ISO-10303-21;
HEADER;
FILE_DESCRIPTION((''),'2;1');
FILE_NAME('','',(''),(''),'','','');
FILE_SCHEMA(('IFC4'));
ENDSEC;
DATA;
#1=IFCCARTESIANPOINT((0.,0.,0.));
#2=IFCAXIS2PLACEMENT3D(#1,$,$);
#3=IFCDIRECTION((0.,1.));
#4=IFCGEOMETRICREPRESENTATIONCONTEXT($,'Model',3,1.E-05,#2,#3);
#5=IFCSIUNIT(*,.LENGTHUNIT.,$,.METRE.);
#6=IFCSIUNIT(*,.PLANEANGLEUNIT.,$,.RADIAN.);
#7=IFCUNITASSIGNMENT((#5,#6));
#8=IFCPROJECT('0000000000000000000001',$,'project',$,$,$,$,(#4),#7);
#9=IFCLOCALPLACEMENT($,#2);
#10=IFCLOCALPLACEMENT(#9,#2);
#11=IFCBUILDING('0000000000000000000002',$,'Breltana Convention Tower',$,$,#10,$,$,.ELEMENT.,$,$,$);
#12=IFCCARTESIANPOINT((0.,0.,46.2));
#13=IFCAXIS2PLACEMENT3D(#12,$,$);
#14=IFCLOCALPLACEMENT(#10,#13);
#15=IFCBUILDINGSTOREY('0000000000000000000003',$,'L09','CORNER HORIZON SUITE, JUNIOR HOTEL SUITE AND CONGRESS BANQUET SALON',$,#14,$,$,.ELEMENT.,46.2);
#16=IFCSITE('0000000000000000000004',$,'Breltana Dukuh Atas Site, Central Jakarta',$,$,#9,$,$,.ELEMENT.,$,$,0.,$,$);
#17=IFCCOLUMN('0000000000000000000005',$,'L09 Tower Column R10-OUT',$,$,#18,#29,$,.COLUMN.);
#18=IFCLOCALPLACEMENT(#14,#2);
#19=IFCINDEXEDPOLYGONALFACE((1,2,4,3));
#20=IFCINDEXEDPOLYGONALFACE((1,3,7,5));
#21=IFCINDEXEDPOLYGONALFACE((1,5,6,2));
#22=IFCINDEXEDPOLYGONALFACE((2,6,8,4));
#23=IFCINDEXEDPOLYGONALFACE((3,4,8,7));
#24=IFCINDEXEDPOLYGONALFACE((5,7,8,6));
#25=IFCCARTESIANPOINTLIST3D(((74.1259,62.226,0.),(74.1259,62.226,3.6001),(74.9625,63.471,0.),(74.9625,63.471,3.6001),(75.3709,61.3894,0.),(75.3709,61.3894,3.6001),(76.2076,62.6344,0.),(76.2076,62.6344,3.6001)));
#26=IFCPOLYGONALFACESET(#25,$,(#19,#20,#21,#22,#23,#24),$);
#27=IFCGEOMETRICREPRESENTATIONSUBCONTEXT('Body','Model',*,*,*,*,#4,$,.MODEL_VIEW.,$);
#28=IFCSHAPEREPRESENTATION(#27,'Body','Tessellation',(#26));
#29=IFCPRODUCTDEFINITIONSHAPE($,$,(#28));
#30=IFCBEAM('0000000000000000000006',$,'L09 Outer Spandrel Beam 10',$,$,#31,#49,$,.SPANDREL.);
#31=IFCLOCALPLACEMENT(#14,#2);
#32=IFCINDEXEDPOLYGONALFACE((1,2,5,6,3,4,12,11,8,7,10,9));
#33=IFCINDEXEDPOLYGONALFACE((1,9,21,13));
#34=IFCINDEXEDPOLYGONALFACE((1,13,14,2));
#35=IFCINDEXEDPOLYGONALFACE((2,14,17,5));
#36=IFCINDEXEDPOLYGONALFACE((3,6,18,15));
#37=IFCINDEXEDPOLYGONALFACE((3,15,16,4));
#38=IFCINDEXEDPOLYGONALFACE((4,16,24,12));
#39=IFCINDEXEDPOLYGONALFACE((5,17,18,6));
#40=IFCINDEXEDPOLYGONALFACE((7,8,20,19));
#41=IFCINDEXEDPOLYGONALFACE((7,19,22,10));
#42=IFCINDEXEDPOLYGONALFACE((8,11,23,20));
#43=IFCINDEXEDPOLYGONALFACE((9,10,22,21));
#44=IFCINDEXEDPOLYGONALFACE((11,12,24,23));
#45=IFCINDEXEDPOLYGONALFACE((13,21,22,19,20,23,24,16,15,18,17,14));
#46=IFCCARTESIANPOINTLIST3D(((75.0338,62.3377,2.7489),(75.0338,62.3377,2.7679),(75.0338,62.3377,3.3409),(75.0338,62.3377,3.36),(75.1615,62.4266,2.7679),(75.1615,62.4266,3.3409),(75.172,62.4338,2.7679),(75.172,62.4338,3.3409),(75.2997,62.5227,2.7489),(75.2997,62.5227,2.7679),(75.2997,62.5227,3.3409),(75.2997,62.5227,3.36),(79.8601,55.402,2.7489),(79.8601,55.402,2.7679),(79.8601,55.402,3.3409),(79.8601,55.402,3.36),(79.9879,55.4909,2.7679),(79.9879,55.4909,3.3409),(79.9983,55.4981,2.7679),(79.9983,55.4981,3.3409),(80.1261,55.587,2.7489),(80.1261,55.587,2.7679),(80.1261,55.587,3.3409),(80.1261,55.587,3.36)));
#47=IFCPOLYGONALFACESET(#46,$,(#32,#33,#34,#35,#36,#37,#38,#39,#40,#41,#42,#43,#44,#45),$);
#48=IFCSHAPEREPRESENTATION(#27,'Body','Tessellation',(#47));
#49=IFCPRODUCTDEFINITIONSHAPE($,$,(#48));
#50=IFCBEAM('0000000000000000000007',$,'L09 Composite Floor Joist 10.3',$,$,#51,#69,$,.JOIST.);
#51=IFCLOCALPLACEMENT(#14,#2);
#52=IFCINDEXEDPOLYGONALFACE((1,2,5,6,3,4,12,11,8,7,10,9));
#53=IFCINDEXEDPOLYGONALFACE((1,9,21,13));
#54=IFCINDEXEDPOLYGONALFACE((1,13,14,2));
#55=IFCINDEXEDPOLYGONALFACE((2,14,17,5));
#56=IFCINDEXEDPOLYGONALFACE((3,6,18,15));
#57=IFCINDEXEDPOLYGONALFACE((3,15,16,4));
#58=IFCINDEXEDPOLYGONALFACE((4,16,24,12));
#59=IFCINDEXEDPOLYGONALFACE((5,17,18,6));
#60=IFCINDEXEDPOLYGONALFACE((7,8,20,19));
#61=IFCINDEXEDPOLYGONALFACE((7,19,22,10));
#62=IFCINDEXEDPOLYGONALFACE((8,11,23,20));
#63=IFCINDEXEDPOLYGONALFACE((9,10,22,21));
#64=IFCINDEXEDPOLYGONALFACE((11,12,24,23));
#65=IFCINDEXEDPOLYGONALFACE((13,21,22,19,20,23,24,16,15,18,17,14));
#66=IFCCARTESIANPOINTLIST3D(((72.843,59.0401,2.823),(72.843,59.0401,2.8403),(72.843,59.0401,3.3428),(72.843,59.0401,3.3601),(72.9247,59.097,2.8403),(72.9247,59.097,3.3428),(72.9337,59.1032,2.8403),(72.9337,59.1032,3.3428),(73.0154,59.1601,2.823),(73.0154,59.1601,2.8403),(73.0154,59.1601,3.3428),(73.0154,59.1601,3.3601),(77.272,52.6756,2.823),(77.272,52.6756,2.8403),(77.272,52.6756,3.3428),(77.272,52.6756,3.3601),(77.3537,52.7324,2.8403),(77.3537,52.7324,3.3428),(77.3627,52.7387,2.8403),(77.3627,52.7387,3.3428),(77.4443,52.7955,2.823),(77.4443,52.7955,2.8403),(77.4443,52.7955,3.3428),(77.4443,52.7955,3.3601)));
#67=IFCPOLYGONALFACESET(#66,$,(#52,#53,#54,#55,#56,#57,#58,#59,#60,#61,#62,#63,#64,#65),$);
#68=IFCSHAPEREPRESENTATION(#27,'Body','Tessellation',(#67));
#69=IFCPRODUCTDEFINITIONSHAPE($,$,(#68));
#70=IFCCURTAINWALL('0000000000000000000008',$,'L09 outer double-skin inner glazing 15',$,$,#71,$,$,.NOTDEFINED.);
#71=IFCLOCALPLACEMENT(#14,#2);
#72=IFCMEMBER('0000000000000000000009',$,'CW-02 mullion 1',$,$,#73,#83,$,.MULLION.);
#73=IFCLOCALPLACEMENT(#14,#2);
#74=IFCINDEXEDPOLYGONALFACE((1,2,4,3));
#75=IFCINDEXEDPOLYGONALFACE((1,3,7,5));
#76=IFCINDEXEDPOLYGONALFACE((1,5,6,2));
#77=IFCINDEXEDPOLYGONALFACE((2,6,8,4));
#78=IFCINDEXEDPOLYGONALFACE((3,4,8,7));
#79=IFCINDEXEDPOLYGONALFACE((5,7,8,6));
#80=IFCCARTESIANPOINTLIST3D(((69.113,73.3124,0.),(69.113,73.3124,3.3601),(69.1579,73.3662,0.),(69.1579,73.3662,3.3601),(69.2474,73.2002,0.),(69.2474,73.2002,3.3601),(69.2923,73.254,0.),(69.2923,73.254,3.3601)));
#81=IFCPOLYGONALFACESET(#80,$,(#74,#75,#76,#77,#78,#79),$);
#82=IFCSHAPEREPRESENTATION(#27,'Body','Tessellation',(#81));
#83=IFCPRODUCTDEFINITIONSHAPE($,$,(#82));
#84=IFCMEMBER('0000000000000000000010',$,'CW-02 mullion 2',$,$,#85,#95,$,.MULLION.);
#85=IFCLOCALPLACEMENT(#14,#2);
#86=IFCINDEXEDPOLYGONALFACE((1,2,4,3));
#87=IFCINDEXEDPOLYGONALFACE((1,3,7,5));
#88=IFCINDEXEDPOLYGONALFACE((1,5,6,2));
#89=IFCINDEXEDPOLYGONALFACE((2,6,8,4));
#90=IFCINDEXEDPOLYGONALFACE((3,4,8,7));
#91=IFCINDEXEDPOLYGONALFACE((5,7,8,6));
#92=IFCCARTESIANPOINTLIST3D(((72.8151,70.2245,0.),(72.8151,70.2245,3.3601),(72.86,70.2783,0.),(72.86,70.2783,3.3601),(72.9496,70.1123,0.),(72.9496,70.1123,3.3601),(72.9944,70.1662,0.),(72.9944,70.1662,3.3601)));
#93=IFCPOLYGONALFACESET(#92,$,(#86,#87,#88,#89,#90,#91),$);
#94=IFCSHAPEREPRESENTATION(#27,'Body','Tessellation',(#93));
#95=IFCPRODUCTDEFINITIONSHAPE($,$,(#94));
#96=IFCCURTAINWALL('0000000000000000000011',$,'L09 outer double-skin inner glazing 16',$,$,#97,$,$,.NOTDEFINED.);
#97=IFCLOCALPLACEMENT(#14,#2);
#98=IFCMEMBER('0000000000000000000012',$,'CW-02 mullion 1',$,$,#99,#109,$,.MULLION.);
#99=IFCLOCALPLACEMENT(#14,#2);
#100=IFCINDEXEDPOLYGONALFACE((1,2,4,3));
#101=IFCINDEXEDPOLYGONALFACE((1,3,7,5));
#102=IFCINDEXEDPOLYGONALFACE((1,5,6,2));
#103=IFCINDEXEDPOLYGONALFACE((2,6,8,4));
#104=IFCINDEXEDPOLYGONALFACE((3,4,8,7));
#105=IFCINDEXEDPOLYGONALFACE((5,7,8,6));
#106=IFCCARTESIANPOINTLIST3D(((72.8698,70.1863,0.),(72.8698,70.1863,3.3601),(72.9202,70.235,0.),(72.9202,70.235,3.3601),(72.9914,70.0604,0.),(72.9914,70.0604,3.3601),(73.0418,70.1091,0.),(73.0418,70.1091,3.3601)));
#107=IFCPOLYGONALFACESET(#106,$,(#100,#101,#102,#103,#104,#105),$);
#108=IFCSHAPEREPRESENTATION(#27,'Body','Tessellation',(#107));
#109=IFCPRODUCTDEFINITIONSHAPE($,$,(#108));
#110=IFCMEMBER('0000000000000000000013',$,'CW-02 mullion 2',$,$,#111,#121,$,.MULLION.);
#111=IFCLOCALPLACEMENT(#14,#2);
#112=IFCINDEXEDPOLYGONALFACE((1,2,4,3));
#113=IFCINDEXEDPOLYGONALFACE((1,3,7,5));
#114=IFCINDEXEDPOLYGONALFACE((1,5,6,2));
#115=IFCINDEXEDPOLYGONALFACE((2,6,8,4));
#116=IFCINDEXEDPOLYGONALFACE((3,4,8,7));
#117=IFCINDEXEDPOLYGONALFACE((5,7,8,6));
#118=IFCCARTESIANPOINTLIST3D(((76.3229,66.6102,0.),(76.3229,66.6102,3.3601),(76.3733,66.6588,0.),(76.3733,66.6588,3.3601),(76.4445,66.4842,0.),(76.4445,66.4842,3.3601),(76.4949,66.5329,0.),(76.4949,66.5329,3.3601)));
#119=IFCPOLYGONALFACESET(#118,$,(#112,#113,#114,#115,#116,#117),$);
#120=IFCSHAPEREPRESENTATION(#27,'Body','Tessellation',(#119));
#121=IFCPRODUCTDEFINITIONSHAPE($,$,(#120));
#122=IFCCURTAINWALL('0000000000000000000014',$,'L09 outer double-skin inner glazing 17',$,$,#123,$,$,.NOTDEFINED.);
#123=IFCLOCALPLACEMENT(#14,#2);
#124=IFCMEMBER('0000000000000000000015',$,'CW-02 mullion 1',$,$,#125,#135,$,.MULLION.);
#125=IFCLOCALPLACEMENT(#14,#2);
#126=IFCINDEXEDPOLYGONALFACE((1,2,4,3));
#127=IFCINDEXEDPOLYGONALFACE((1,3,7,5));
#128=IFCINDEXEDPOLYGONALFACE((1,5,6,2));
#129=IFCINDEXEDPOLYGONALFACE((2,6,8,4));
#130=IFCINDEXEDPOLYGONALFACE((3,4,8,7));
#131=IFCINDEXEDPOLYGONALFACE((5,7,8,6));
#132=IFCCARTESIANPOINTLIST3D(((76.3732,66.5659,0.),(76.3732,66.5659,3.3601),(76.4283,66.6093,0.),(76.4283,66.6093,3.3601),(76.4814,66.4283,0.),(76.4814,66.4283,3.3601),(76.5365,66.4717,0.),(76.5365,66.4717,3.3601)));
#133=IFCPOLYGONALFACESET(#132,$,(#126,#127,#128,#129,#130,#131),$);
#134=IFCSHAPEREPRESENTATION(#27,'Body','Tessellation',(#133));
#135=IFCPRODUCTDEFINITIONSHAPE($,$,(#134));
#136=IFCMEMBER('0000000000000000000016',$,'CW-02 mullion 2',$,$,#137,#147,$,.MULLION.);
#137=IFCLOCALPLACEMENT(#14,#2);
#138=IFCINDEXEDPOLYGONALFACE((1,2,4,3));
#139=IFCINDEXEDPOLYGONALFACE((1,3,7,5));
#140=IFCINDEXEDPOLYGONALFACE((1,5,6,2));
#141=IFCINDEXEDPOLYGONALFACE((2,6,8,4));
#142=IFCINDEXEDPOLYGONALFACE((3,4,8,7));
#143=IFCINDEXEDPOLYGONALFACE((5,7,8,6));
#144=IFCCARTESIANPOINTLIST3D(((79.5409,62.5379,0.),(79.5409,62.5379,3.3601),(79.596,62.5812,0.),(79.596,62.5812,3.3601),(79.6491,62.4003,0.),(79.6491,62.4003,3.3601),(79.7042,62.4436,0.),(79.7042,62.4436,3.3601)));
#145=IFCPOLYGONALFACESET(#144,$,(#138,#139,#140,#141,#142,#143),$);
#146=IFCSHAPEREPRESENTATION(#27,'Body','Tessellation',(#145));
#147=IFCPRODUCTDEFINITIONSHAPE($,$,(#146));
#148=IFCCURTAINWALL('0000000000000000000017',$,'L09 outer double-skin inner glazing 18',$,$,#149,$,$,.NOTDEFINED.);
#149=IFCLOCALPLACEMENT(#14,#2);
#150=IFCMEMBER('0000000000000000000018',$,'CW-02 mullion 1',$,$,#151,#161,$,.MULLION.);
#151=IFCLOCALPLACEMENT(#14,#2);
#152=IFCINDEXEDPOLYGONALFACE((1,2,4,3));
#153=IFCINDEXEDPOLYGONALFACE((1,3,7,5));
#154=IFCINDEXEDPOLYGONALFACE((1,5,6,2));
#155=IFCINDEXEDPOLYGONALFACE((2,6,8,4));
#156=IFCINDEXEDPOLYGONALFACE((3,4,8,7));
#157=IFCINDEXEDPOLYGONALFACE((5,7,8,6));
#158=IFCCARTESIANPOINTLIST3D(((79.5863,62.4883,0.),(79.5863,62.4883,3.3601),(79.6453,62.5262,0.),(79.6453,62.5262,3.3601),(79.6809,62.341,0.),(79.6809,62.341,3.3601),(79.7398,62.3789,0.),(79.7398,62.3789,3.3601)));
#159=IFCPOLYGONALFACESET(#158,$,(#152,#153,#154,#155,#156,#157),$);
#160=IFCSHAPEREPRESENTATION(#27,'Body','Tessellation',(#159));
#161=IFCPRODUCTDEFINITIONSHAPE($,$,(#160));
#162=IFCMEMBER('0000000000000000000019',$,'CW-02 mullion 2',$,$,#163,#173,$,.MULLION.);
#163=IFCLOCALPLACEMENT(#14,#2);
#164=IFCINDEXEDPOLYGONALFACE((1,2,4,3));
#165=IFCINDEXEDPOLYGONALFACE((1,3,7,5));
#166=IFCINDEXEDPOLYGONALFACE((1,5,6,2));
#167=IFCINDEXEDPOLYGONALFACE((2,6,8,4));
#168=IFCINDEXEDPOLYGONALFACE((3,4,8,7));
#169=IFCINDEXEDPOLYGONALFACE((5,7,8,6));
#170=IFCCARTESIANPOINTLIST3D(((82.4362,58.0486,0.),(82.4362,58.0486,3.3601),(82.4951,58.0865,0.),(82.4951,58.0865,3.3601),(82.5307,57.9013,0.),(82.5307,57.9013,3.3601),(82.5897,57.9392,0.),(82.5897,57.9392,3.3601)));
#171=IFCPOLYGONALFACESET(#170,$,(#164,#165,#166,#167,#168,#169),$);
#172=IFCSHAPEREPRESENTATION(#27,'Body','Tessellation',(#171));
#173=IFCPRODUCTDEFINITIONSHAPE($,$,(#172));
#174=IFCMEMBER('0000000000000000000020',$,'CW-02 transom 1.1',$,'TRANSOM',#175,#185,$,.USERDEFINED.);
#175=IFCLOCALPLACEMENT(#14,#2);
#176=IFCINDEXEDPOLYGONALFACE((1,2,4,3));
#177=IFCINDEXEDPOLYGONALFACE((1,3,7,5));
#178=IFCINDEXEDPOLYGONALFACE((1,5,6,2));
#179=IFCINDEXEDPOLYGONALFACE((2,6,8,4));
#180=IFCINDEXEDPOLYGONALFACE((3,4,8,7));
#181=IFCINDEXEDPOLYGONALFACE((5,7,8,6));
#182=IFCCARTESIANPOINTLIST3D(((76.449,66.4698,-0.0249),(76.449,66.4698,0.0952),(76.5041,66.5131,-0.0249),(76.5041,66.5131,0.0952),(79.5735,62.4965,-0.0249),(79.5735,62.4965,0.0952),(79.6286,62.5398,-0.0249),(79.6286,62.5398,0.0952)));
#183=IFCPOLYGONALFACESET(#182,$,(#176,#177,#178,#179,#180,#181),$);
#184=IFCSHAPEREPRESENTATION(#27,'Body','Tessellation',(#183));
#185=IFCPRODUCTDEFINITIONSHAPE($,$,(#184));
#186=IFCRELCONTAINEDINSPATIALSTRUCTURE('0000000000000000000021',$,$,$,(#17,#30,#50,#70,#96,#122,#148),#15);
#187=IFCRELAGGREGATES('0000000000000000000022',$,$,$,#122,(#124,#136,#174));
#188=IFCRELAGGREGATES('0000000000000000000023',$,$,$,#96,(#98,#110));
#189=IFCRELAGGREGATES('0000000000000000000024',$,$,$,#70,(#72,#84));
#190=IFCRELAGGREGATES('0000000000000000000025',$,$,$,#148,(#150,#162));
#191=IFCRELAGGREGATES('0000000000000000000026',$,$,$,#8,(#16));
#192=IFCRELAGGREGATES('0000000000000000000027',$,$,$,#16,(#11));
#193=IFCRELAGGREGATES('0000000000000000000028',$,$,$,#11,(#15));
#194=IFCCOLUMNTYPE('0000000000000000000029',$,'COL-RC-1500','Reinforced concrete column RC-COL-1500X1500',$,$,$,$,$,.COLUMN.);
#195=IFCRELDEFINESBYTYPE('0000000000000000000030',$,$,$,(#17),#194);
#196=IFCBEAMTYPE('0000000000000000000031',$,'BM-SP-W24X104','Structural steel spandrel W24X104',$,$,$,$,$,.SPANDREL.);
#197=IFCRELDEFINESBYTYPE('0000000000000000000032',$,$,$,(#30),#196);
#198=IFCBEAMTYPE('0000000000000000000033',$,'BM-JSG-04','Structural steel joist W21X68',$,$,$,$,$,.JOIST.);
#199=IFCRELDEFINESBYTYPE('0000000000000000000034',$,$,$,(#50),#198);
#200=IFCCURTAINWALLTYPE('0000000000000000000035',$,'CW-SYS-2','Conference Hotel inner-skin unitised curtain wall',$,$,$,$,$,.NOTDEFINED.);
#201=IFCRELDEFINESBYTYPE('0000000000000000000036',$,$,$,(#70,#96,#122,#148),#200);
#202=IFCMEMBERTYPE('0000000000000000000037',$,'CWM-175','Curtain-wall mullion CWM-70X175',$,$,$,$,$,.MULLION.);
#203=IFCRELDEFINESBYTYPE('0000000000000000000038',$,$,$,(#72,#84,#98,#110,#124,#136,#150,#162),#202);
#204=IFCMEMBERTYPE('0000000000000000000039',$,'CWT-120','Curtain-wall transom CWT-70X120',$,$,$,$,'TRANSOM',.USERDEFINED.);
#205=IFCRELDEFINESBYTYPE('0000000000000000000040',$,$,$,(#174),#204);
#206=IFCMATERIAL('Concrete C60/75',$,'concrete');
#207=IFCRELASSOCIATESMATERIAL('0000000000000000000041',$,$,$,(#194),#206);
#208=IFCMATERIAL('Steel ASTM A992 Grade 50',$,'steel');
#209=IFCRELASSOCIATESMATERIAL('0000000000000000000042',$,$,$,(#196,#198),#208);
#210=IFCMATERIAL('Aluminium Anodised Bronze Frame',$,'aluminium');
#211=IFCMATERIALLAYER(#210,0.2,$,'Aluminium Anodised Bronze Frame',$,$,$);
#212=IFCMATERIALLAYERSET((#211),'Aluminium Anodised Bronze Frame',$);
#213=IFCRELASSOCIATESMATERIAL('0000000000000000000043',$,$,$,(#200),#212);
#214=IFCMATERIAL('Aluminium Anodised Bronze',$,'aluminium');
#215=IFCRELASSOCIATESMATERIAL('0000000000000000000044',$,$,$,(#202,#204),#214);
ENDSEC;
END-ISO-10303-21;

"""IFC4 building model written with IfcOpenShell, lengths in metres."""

from ifc_helpers import new_model, si_unit, direction, frame, origin, origin_2d, place, context, subcontext, project, spatial, rectangle, i_section, extrude, source, transform, mapped, material, layer, layer_set, material_profile, profile_set, type_object, type_shapes, element, aggregate, save


model = new_model("IFC4")

# Units and contexts
model_context = context("Model", 3, precision=1e-05, world=origin(), true_north=direction((0.0, 1.0)))
body_context = subcontext(model_context, "Body", "Model", "MODEL_VIEW")
ifc_project = project(units=[si_unit("LENGTHUNIT", "METRE"), si_unit("PLANEANGLEUNIT", "RADIAN")], contexts=[model_context])

# Site, building, storey
site_placement = place(None, origin())
site = spatial("IfcSite", under=ifc_project, at=site_placement, Name="Breltana Dukuh Atas Site, Central Jakarta", CompositionType="ELEMENT", RefElevation=0.0)
building_placement = place(site_placement, origin())
building = spatial("IfcBuilding", under=site, at=building_placement, Name="Breltana Convention Tower", CompositionType="ELEMENT")
storey_placement = place(building_placement, frame((0.0, 0.0, 46.2)))
storey = spatial("IfcBuildingStorey", under=building, at=storey_placement, Name="L09", Description="CORNER HORIZON SUITE, JUNIOR HOTEL SUITE AND CONGRESS BANQUET SALON", CompositionType="ELEMENT", Elevation=46.2)

# Column
ifc_material_1 = material(Name="Concrete C60/75", Category="concrete")
ifc_material_profile_1 = material_profile(ifc_material_1, rectangle(XDim=1.5, YDim=1.5, at=origin_2d()), Name="RC-COL-1500X1500")
ifc_profile_set_1 = profile_set([ifc_material_profile_1], Name="Concrete C60/75")
column_type = type_object("IfcColumnType", Name="COL-RC-1500", Description="Reinforced concrete column RC-COL-1500X1500", PredefinedType="COLUMN", material=ifc_profile_set_1)
shared_shape_1 = source(origin(), body_context, "Body", "SweptSolid", [
    extrude(rectangle(XDim=1.5, YDim=1.5, at=origin_2d()), origin(), (0.0, 0.0, 1.0), 3.6001),
])
column_placement = place(storey_placement, frame((75.1667, 62.4302, 0.0), z_axis=(0.0, 0.0, 1.0), x_axis=(0.557745, 0.830012, 0.0)))
element("IfcColumn", 1, at=column_placement, inside=storey, type_object=column_type, Name="L09 Tower Column R10-OUT", PredefinedType="COLUMN", context=body_context, shape_type="MappedRepresentation", body=[
    mapped(shared_shape_1, transform((0.0, 0.0, 0.0), scale=1.0)),
])

# Beams
ifc_material_2 = material(Name="Steel ASTM A992 Grade 50", Category="steel")
ifc_material_profile_2 = material_profile(ifc_material_2, i_section(OverallWidth=0.324, OverallDepth=0.6111, WebThickness=0.0127, FlangeThickness=0.019, at=origin_2d()), Name="W24X104")
ifc_profile_set_2 = profile_set([ifc_material_profile_2], Name="Steel ASTM A992 Grade 50")
beam_type_1 = type_object("IfcBeamType", Name="BM-SP-W24X104", Description="Structural steel spandrel W24X104", PredefinedType="SPANDREL", material=ifc_profile_set_2)
shared_shape_2 = source(origin(), body_context, "Body", "SweptSolid", [
    extrude(i_section(OverallWidth=0.324, OverallDepth=0.6111, WebThickness=0.0127, FlangeThickness=0.019, at=origin_2d()), origin(), (0.0, 0.0, 1.0), 8.4497),
])
beam_1_placement = place(storey_placement, frame((75.1667, 62.4302, 3.0544), z_axis=(0.571186, -0.820821, 0.0), x_axis=(0.820821, 0.571186, 0.0)))
element("IfcBeam", 2, at=beam_1_placement, inside=storey, type_object=beam_type_1, Name="L09 Outer Spandrel Beam 10", PredefinedType="SPANDREL", context=body_context, shape_type="MappedRepresentation", body=[
    mapped(shared_shape_2, transform((0.0, 0.0, 0.0), scale=1.0)),
])
ifc_material_profile_3 = material_profile(ifc_material_2, i_section(OverallWidth=0.21, OverallDepth=0.5371, WebThickness=0.011, FlangeThickness=0.0173, at=origin_2d()), Name="W21X68")
ifc_profile_set_3 = profile_set([ifc_material_profile_3], Name="Steel ASTM A992 Grade 50")
beam_type_2 = type_object("IfcBeamType", Name="BM-JSG-04", Description="Structural steel joist W21X68", PredefinedType="JOIST", material=ifc_profile_set_3)
shared_shape_3 = source(origin(), body_context, "Body", "SweptSolid", [
    extrude(i_section(OverallWidth=0.21, OverallDepth=0.5371, WebThickness=0.011, FlangeThickness=0.0173, at=origin_2d()), origin(), (0.0, 0.0, 1.0), 7.7539),
])
beam_2_placement = place(storey_placement, frame((72.9292, 59.1001, 3.0916), z_axis=(0.571193, -0.820816, 0.0), x_axis=(0.820816, 0.571193, 0.0)))
element("IfcBeam", 3, at=beam_2_placement, inside=storey, type_object=beam_type_2, Name="L09 Composite Floor Joist 10.3", PredefinedType="JOIST", context=body_context, shape_type="MappedRepresentation", body=[
    mapped(shared_shape_3, transform((0.0, 0.0, 0.0), scale=1.0)),
])

# Curtain walls, members
ifc_material_3 = material(Name="Aluminium Anodised Bronze Frame", Category="aluminium")
ifc_layer_1 = layer(ifc_material_3, 0.2, Name="Aluminium Anodised Bronze Frame")
ifc_layer_set_1 = layer_set([ifc_layer_1], Name="Aluminium Anodised Bronze Frame")
curtain_wall_type = type_object("IfcCurtainWallType", Name="CW-SYS-2", Description="Conference Hotel inner-skin unitised curtain wall", PredefinedType="NOTDEFINED", material=ifc_layer_set_1)
curtain_wall_1_placement = place(storey_placement, origin())
curtain_wall_1 = element("IfcCurtainWall", 4, at=curtain_wall_1_placement, inside=storey, type_object=curtain_wall_type, Name="L09 outer double-skin inner glazing 15", PredefinedType="NOTDEFINED")
ifc_material_4 = material(Name="Aluminium Anodised Bronze", Category="aluminium")
ifc_material_profile_4 = material_profile(ifc_material_4, rectangle(XDim=0.0701, YDim=0.175, at=origin_2d()), Name="CWM-70X175")
ifc_profile_set_4 = profile_set([ifc_material_profile_4], Name="Aluminium Anodised Bronze")
member_type_1 = type_object("IfcMemberType", Name="CWM-175", Description="Curtain-wall mullion CWM-70X175", PredefinedType="MULLION", material=ifc_profile_set_4)
shared_shape_4 = source(origin(), body_context, "Body", "SweptSolid", [
    extrude(rectangle(XDim=0.0701, YDim=0.175, at=origin_2d()), origin(), (0.0, 0.0, 1.0), 3.3601),
])
type_shapes(member_type_1, [shared_shape_4])
member_1_placement = place(storey_placement, frame((69.2026, 73.2832, 0.0), z_axis=(0.0, 0.0, 1.0), x_axis=(0.64052, 0.767941, 0.0)))
member_1 = element("IfcMember", 5, at=member_1_placement, type_object=member_type_1, Name="CW-02 mullion 1", PredefinedType="MULLION", context=body_context, shape_type="MappedRepresentation", body=[
    mapped(shared_shape_4, transform((0.0, 0.0, 0.0), scale=1.0)),
])
member_2_placement = place(storey_placement, frame((72.9048, 70.1953, 0.0), z_axis=(0.0, 0.0, 1.0), x_axis=(0.64052, 0.767941, 0.0)))
member_2 = element("IfcMember", 6, at=member_2_placement, type_object=member_type_1, Name="CW-02 mullion 2", PredefinedType="MULLION", context=body_context, shape_type="MappedRepresentation", body=[
    mapped(shared_shape_4, transform((0.0, 0.0, 0.0), scale=1.0)),
])
curtain_wall_2_placement = place(storey_placement, origin())
curtain_wall_2 = element("IfcCurtainWall", 7, at=curtain_wall_2_placement, inside=storey, type_object=curtain_wall_type, Name="L09 outer double-skin inner glazing 16", PredefinedType="NOTDEFINED")
member_3_placement = place(storey_placement, frame((72.9558, 70.1477, 0.0), z_axis=(0.0, 0.0, 1.0), x_axis=(0.719386, 0.69461, 0.0)))
member_3 = element("IfcMember", 8, at=member_3_placement, type_object=member_type_1, Name="CW-02 mullion 1", PredefinedType="MULLION", context=body_context, shape_type="MappedRepresentation", body=[
    mapped(shared_shape_4, transform((0.0, 0.0, 0.0), scale=1.0)),
])
member_4_placement = place(storey_placement, frame((76.4089, 66.5715, 0.0), z_axis=(0.0, 0.0, 1.0), x_axis=(0.719386, 0.69461, 0.0)))
member_4 = element("IfcMember", 9, at=member_4_placement, type_object=member_type_1, Name="CW-02 mullion 2", PredefinedType="MULLION", context=body_context, shape_type="MappedRepresentation", body=[
    mapped(shared_shape_4, transform((0.0, 0.0, 0.0), scale=1.0)),
])
curtain_wall_3_placement = place(storey_placement, origin())
curtain_wall_3 = element("IfcCurtainWall", 10, at=curtain_wall_3_placement, inside=storey, type_object=curtain_wall_type, Name="L09 outer double-skin inner glazing 17", PredefinedType="NOTDEFINED")
member_5_placement = place(storey_placement, frame((76.4548, 66.5188, 0.0), z_axis=(0.0, 0.0, 1.0), x_axis=(0.786057, 0.618154, 0.0)))
member_5 = element("IfcMember", 11, at=member_5_placement, type_object=member_type_1, Name="CW-02 mullion 1", PredefinedType="MULLION", context=body_context, shape_type="MappedRepresentation", body=[
    mapped(shared_shape_4, transform((0.0, 0.0, 0.0), scale=1.0)),
])
member_6_placement = place(storey_placement, frame((79.6226, 62.4907, 0.0), z_axis=(0.0, 0.0, 1.0), x_axis=(0.786057, 0.618154, 0.0)))
member_6 = element("IfcMember", 12, at=member_6_placement, type_object=member_type_1, Name="CW-02 mullion 2", PredefinedType="MULLION", context=body_context, shape_type="MappedRepresentation", body=[
    mapped(shared_shape_4, transform((0.0, 0.0, 0.0), scale=1.0)),
])
curtain_wall_4_placement = place(storey_placement, origin())
curtain_wall_4 = element("IfcCurtainWall", 13, at=curtain_wall_4_placement, inside=storey, type_object=curtain_wall_type, Name="L09 outer double-skin inner glazing 18", PredefinedType="NOTDEFINED")
member_7_placement = place(storey_placement, frame((79.6631, 62.4336, 0.0), z_axis=(0.0, 0.0, 1.0), x_axis=(0.841549, 0.540181, 0.0)))
member_7 = element("IfcMember", 14, at=member_7_placement, type_object=member_type_1, Name="CW-02 mullion 1", PredefinedType="MULLION", context=body_context, shape_type="MappedRepresentation", body=[
    mapped(shared_shape_4, transform((0.0, 0.0, 0.0), scale=1.0)),
])
member_8_placement = place(storey_placement, frame((82.5129, 57.9939, 0.0), z_axis=(0.0, 0.0, 1.0), x_axis=(0.841549, 0.540181, 0.0)))
member_8 = element("IfcMember", 15, at=member_8_placement, type_object=member_type_1, Name="CW-02 mullion 2", PredefinedType="MULLION", context=body_context, shape_type="MappedRepresentation", body=[
    mapped(shared_shape_4, transform((0.0, 0.0, 0.0), scale=1.0)),
])

# Member
ifc_material_profile_5 = material_profile(ifc_material_4, rectangle(XDim=0.0701, YDim=0.1201, at=origin_2d()), Name="CWT-70X120")
ifc_profile_set_5 = profile_set([ifc_material_profile_5], Name="Aluminium Anodised Bronze")
member_type_2 = type_object("IfcMemberType", Name="CWT-120", Description="Curtain-wall transom CWT-70X120", ElementType="TRANSOM", PredefinedType="USERDEFINED", material=ifc_profile_set_5)
shared_shape_5 = source(origin(), body_context, "Body", "SweptSolid", [
    extrude(rectangle(XDim=0.0701, YDim=0.1201, at=origin_2d()), origin(), (0.0, 0.0, 1.0), 5.0547),
])
member_9_placement = place(storey_placement, frame((76.4766, 66.4915, 0.0352), z_axis=(0.618135, -0.786072, 0.0), x_axis=(0.786072, 0.618135, 0.0)))
member_9 = element("IfcMember", 16, at=member_9_placement, type_object=member_type_2, Name="CW-02 transom 1.1", ObjectType="TRANSOM", PredefinedType="USERDEFINED", context=body_context, shape_type="MappedRepresentation", body=[
    mapped(shared_shape_5, transform((0.0, 0.0, 0.0), scale=1.0)),
])

aggregate(curtain_wall_3, [member_5, member_6, member_9])
aggregate(curtain_wall_2, [member_3, member_4])
aggregate(curtain_wall_1, [member_1, member_2])
aggregate(curtain_wall_4, [member_7, member_8])

save(model, "model.ifc")
